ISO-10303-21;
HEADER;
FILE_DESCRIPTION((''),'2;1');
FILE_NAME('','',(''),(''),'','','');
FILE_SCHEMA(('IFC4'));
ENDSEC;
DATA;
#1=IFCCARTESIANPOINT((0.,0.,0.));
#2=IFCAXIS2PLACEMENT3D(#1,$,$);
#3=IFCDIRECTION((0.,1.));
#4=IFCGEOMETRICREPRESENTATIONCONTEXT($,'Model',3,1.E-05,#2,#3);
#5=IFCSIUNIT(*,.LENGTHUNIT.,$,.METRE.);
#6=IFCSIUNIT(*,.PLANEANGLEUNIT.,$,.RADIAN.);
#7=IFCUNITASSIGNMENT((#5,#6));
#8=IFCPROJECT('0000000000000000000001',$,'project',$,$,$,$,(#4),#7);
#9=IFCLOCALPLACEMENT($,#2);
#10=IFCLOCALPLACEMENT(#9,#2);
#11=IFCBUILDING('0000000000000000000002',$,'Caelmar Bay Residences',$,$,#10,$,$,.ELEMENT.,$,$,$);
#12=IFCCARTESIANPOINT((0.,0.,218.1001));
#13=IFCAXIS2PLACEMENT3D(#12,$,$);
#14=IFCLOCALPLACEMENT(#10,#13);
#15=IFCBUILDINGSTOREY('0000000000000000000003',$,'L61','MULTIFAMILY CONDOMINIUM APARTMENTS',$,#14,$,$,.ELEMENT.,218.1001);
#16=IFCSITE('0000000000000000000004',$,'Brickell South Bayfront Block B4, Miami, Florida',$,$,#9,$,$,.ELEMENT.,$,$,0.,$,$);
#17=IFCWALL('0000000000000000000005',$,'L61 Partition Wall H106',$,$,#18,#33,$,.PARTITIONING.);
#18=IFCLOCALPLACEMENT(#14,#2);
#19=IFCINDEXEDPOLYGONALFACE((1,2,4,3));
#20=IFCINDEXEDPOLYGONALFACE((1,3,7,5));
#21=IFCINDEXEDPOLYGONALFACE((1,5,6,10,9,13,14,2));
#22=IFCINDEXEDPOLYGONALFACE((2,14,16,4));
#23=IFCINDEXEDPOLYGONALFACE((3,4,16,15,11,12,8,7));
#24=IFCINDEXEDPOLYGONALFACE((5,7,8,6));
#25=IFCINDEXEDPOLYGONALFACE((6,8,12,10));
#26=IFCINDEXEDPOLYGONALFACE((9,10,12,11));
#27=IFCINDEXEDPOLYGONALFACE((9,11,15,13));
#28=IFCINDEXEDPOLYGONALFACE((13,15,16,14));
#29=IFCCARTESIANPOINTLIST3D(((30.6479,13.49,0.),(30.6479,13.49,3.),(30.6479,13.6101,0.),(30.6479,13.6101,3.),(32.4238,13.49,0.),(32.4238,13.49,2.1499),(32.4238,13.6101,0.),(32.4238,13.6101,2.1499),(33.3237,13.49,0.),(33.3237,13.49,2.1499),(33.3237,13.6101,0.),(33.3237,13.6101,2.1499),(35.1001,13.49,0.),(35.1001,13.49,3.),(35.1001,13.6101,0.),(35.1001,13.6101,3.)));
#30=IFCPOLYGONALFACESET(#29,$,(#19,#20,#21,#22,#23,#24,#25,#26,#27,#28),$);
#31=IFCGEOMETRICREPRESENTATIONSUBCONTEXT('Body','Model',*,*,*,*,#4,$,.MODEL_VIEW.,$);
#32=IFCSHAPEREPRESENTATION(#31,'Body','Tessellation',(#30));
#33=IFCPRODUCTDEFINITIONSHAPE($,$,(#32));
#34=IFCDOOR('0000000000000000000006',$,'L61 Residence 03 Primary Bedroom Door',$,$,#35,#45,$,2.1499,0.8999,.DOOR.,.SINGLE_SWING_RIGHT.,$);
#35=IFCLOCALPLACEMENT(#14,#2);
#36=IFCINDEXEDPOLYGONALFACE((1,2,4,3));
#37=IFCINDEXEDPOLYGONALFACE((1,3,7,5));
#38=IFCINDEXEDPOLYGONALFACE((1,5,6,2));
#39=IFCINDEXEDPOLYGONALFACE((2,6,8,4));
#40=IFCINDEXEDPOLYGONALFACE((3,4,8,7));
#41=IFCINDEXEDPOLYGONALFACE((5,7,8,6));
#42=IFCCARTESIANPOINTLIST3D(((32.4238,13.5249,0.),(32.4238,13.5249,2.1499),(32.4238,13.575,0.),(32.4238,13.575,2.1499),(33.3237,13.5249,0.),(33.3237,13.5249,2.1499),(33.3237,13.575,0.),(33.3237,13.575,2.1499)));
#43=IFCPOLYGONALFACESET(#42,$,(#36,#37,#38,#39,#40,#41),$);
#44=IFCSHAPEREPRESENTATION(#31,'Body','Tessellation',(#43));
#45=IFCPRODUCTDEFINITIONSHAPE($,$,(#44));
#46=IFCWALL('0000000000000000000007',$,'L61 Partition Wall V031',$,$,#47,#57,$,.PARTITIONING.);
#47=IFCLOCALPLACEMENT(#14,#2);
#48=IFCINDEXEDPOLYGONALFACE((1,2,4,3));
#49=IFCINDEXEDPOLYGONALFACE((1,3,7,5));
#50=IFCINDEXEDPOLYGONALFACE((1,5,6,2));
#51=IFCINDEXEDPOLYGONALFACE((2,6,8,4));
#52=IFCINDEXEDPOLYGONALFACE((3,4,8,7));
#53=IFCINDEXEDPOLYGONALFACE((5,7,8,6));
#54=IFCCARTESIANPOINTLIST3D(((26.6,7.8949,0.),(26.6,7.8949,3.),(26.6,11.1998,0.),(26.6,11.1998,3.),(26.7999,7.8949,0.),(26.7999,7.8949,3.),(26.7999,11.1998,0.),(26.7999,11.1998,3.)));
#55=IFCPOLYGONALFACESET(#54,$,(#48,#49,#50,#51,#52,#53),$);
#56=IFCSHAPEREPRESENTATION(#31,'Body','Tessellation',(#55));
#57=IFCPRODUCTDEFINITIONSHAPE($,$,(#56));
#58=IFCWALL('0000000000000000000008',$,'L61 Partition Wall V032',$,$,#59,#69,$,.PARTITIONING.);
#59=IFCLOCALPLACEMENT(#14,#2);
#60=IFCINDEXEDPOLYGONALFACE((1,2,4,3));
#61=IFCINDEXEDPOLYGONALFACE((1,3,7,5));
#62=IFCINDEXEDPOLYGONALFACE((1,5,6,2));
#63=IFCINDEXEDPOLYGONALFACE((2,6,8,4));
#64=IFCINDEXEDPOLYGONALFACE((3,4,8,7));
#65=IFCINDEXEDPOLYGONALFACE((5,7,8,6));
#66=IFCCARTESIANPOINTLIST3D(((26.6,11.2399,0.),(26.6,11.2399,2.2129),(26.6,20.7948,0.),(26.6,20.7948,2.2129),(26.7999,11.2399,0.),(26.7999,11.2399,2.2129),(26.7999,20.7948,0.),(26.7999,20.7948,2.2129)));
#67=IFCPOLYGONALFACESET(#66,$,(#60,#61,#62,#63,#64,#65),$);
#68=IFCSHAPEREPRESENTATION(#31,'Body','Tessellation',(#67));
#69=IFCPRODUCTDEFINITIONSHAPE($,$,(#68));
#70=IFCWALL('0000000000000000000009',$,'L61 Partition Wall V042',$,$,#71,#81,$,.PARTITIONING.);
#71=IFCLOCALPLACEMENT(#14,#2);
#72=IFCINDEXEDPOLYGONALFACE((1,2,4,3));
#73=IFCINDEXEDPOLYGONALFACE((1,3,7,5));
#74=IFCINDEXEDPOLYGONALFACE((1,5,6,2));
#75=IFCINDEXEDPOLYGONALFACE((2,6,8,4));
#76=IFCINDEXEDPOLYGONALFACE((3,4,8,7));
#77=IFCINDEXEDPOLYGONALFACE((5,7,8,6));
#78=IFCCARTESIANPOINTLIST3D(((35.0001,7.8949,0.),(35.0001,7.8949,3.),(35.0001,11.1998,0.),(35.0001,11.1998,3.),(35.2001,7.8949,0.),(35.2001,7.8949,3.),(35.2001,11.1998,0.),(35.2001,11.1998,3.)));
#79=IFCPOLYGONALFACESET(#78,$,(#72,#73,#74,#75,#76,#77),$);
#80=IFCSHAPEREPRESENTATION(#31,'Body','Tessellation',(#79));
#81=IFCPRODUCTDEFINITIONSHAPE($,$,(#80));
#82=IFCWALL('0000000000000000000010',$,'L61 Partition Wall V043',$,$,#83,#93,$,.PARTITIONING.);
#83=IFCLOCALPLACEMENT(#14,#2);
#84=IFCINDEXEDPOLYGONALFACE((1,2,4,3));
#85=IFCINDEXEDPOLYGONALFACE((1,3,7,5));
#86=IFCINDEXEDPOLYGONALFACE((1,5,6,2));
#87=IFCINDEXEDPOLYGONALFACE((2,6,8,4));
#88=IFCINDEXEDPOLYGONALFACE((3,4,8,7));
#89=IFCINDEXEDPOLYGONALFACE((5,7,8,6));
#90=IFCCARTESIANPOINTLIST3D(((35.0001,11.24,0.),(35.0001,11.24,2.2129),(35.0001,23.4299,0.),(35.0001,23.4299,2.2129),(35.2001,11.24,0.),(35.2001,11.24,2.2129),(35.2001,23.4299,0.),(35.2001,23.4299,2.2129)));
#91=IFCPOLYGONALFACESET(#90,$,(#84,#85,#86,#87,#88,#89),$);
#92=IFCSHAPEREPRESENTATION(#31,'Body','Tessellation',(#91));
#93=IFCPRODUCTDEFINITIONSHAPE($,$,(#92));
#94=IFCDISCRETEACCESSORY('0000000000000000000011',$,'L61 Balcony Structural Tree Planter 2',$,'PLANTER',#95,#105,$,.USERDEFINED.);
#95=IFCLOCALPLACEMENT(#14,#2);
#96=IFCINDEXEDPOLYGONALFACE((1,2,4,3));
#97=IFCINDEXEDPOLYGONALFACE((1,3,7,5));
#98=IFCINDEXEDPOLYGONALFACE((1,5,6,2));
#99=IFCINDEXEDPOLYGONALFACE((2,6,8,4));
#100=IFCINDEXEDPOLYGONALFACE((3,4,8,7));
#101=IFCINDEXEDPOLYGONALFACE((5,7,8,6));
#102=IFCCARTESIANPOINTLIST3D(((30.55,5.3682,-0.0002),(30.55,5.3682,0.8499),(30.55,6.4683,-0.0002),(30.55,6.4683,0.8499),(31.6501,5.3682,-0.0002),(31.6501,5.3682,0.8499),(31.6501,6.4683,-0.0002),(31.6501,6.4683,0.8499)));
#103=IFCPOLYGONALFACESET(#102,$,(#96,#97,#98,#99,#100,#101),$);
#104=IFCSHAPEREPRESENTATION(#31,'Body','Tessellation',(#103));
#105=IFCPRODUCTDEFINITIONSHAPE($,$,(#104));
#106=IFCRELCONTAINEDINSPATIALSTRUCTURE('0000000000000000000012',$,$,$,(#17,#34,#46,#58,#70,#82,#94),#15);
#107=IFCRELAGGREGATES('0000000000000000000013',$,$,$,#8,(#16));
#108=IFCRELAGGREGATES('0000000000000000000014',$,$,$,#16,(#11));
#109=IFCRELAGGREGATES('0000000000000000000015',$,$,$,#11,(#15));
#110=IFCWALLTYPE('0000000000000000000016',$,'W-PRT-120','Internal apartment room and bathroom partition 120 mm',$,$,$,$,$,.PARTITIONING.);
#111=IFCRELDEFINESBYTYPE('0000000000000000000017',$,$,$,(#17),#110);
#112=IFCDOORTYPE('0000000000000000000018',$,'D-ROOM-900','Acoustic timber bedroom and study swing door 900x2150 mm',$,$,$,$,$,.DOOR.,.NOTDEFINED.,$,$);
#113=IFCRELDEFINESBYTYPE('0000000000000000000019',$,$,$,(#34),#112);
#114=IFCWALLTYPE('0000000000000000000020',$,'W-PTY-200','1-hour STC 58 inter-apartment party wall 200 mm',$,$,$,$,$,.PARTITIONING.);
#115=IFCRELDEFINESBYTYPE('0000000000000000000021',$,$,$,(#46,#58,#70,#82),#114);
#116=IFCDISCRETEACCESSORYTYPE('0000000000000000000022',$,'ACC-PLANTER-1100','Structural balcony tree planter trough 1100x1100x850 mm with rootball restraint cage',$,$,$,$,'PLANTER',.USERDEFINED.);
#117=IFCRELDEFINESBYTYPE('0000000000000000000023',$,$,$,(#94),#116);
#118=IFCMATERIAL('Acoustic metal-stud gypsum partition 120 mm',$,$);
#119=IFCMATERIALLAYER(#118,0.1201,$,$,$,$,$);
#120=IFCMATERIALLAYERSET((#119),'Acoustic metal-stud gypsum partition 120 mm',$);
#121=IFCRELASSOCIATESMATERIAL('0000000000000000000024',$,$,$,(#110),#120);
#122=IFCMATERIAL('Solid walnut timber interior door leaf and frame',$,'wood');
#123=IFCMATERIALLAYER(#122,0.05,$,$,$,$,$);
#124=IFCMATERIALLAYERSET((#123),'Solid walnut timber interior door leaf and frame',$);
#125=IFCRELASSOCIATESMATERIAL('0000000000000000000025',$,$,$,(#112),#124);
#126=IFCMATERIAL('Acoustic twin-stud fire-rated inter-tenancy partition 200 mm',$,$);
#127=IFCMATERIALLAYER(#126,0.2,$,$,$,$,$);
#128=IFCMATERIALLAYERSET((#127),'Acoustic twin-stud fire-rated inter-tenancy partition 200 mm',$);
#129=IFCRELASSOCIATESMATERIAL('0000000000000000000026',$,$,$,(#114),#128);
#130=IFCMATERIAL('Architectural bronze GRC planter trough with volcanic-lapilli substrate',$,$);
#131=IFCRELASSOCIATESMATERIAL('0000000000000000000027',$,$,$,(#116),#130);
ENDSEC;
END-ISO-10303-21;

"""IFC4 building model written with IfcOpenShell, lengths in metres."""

from ifc_helpers import new_model, si_unit, direction, frame, frame_2d, origin, origin_2d, place, context, subcontext, project, spatial, rectangle, extrude, material, layer, layer_set, type_object, element, fill, save


model = new_model("IFC4")

# Units and contexts
model_context = context("Model", 3, precision=1e-05, world=origin(), true_north=direction((0.0, 1.0)))
body_context = subcontext(model_context, "Body", "Model", "MODEL_VIEW")
ifc_project = project(units=[si_unit("LENGTHUNIT", "METRE"), si_unit("PLANEANGLEUNIT", "RADIAN")], contexts=[model_context])

# Site, building, storey
site_placement = place(None, origin())
site = spatial("IfcSite", under=ifc_project, at=site_placement, Name="Brickell South Bayfront Block B4, Miami, Florida", CompositionType="ELEMENT", RefElevation=0.0)
building_placement = place(site_placement, origin())
building = spatial("IfcBuilding", under=site, at=building_placement, Name="Caelmar Bay Residences", CompositionType="ELEMENT")
storey_placement = place(building_placement, frame((0.0, 0.0, 218.1001)))
storey = spatial("IfcBuildingStorey", under=building, at=storey_placement, Name="L61", Description="MULTIFAMILY CONDOMINIUM APARTMENTS", CompositionType="ELEMENT", Elevation=218.1001)

# Shared definitions
ifc_material_1 = material(Name="Acoustic metal-stud gypsum partition 120 mm")
ifc_layer_1 = layer(ifc_material_1, 0.1201)
ifc_layer_set_1 = layer_set([ifc_layer_1], Name="Acoustic metal-stud gypsum partition 120 mm")
wall_type_1 = type_object("IfcWallType", Name="W-PRT-120", Description="Internal apartment room and bathroom partition 120 mm", PredefinedType="PARTITIONING", material=ifc_layer_set_1)

# Wall, opening, door
ifc_material_2 = material(Name="Solid walnut timber interior door leaf and frame", Category="wood")
ifc_layer_2 = layer(ifc_material_2, 0.05)
ifc_layer_set_2 = layer_set([ifc_layer_2], Name="Solid walnut timber interior door leaf and frame")
door_type = type_object("IfcDoorType", Name="D-ROOM-900", Description="Acoustic timber bedroom and study swing door 900x2150 mm", OperationType="NOTDEFINED", PredefinedType="DOOR", material=ifc_layer_set_2)
wall_1_placement = place(storey_placement, frame((30.6479, 13.55, 0.0), z_axis=(0.0, 0.0, 1.0), x_axis=(1.0, 0.0, 0.0)))
wall_1 = element("IfcWall", 1, at=wall_1_placement, inside=storey, type_object=wall_type_1, Name="L61 Partition Wall H106", PredefinedType="PARTITIONING", context=body_context, shape_type="SweptSolid", body=[
    extrude(rectangle(XDim=4.4521, YDim=0.1201, at=frame_2d((2.2261, 0.0))), origin(), (0.0, 0.0, 1.0), 3.0),
])
opening_1_placement = place(wall_1_placement, frame((1.7759, 0.0, 0.0)))
opening_1 = element("IfcOpeningElement", 2, at=opening_1_placement, cuts=wall_1, PredefinedType="OPENING", context=body_context, shape_type="SweptSolid", body=[
    extrude(rectangle(XDim=0.8999, YDim=2.1499, at=frame_2d((0.45, 1.075))), frame((0.0, 0.0701, 0.0), z_axis=(0.0, -1.0, 0.0), x_axis=(1.0, 0.0, 0.0)), (0.0, 0.0, 1.0), 0.1401),
])
door_1_placement = place(opening_1_placement, origin())
door_1 = element("IfcDoor", 3, at=door_1_placement, inside=storey, type_object=door_type, Name="L61 Residence 03 Primary Bedroom Door", OperationType="SINGLE_SWING_RIGHT", OverallHeight=2.1499, OverallWidth=0.8999, PredefinedType="DOOR", context=body_context, shape_type="SweptSolid", body=[
    extrude(rectangle(XDim=0.8999, YDim=2.1499, at=frame_2d((0.45, 1.075))), frame((0.0, 0.0249, 0.0), z_axis=(0.0, -1.0, 0.0), x_axis=(1.0, 0.0, 0.0)), (0.0, 0.0, 1.0), 0.05),
])
fill(opening_1, door_1)

# Walls
ifc_material_3 = material(Name="Acoustic twin-stud fire-rated inter-tenancy partition 200 mm")
ifc_layer_3 = layer(ifc_material_3, 0.2)
ifc_layer_set_3 = layer_set([ifc_layer_3], Name="Acoustic twin-stud fire-rated inter-tenancy partition 200 mm")
wall_type_2 = type_object("IfcWallType", Name="W-PTY-200", Description="1-hour STC 58 inter-apartment party wall 200 mm", PredefinedType="PARTITIONING", material=ifc_layer_set_3)
wall_2_placement = place(storey_placement, frame((26.7, 7.895, 0.0), z_axis=(0.0, 0.0, 1.0), x_axis=(0.0, 1.0, 0.0)))
element("IfcWall", 4, at=wall_2_placement, inside=storey, type_object=wall_type_2, Name="L61 Partition Wall V031", PredefinedType="PARTITIONING", context=body_context, shape_type="SweptSolid", body=[
    extrude(rectangle(XDim=3.3049, YDim=0.2, at=frame_2d((1.6523, 0.0))), origin(), (0.0, 0.0, 1.0), 3.0),
])
wall_3_placement = place(storey_placement, frame((26.7, 11.24, 0.0), z_axis=(0.0, 0.0, 1.0), x_axis=(0.0, 1.0, 0.0)))
element("IfcWall", 5, at=wall_3_placement, inside=storey, type_object=wall_type_2, Name="L61 Partition Wall V032", PredefinedType="PARTITIONING", context=body_context, shape_type="SweptSolid", body=[
    extrude(rectangle(XDim=9.5549, YDim=0.2, at=frame_2d((4.7773, 0.0))), origin(), (0.0, 0.0, 1.0), 2.2129),
])
wall_4_placement = place(storey_placement, frame((35.1001, 7.895, 0.0), z_axis=(0.0, 0.0, 1.0), x_axis=(0.0, 1.0, 0.0)))
element("IfcWall", 6, at=wall_4_placement, inside=storey, type_object=wall_type_2, Name="L61 Partition Wall V042", PredefinedType="PARTITIONING", context=body_context, shape_type="SweptSolid", body=[
    extrude(rectangle(XDim=3.3049, YDim=0.2, at=frame_2d((1.6523, 0.0))), origin(), (0.0, 0.0, 1.0), 3.0),
])
wall_5_placement = place(storey_placement, frame((35.1001, 11.24, 0.0), z_axis=(0.0, 0.0, 1.0), x_axis=(0.0, 1.0, 0.0)))
element("IfcWall", 7, at=wall_5_placement, inside=storey, type_object=wall_type_2, Name="L61 Partition Wall V043", PredefinedType="PARTITIONING", context=body_context, shape_type="SweptSolid", body=[
    extrude(rectangle(XDim=12.1899, YDim=0.2, at=frame_2d((6.095, 0.0))), origin(), (0.0, 0.0, 1.0), 2.2129),
])

# Discrete accessory
ifc_material_4 = material(Name="Architectural bronze GRC planter trough with volcanic-lapilli substrate")
discrete_accessory_type = type_object("IfcDiscreteAccessoryType", Name="ACC-PLANTER-1100", Description="Structural balcony tree planter trough 1100x1100x850 mm with rootball restraint cage", ElementType="PLANTER", PredefinedType="USERDEFINED", material=ifc_material_4)
discrete_accessory_placement = place(storey_placement, frame((31.1001, 5.9182, -0.0002), z_axis=(0.0, 0.0, 1.0), x_axis=(1.0, 0.0, 0.0)))
element("IfcDiscreteAccessory", 8, at=discrete_accessory_placement, inside=storey, type_object=discrete_accessory_type, Name="L61 Balcony Structural Tree Planter 2", ObjectType="PLANTER", PredefinedType="USERDEFINED", context=body_context, shape_type="SweptSolid", body=[
    extrude(rectangle(XDim=1.1001, YDim=1.1001, at=origin_2d()), origin(), (0.0, 0.0, 1.0), 0.8501),
])

save(model, "model.ifc")
